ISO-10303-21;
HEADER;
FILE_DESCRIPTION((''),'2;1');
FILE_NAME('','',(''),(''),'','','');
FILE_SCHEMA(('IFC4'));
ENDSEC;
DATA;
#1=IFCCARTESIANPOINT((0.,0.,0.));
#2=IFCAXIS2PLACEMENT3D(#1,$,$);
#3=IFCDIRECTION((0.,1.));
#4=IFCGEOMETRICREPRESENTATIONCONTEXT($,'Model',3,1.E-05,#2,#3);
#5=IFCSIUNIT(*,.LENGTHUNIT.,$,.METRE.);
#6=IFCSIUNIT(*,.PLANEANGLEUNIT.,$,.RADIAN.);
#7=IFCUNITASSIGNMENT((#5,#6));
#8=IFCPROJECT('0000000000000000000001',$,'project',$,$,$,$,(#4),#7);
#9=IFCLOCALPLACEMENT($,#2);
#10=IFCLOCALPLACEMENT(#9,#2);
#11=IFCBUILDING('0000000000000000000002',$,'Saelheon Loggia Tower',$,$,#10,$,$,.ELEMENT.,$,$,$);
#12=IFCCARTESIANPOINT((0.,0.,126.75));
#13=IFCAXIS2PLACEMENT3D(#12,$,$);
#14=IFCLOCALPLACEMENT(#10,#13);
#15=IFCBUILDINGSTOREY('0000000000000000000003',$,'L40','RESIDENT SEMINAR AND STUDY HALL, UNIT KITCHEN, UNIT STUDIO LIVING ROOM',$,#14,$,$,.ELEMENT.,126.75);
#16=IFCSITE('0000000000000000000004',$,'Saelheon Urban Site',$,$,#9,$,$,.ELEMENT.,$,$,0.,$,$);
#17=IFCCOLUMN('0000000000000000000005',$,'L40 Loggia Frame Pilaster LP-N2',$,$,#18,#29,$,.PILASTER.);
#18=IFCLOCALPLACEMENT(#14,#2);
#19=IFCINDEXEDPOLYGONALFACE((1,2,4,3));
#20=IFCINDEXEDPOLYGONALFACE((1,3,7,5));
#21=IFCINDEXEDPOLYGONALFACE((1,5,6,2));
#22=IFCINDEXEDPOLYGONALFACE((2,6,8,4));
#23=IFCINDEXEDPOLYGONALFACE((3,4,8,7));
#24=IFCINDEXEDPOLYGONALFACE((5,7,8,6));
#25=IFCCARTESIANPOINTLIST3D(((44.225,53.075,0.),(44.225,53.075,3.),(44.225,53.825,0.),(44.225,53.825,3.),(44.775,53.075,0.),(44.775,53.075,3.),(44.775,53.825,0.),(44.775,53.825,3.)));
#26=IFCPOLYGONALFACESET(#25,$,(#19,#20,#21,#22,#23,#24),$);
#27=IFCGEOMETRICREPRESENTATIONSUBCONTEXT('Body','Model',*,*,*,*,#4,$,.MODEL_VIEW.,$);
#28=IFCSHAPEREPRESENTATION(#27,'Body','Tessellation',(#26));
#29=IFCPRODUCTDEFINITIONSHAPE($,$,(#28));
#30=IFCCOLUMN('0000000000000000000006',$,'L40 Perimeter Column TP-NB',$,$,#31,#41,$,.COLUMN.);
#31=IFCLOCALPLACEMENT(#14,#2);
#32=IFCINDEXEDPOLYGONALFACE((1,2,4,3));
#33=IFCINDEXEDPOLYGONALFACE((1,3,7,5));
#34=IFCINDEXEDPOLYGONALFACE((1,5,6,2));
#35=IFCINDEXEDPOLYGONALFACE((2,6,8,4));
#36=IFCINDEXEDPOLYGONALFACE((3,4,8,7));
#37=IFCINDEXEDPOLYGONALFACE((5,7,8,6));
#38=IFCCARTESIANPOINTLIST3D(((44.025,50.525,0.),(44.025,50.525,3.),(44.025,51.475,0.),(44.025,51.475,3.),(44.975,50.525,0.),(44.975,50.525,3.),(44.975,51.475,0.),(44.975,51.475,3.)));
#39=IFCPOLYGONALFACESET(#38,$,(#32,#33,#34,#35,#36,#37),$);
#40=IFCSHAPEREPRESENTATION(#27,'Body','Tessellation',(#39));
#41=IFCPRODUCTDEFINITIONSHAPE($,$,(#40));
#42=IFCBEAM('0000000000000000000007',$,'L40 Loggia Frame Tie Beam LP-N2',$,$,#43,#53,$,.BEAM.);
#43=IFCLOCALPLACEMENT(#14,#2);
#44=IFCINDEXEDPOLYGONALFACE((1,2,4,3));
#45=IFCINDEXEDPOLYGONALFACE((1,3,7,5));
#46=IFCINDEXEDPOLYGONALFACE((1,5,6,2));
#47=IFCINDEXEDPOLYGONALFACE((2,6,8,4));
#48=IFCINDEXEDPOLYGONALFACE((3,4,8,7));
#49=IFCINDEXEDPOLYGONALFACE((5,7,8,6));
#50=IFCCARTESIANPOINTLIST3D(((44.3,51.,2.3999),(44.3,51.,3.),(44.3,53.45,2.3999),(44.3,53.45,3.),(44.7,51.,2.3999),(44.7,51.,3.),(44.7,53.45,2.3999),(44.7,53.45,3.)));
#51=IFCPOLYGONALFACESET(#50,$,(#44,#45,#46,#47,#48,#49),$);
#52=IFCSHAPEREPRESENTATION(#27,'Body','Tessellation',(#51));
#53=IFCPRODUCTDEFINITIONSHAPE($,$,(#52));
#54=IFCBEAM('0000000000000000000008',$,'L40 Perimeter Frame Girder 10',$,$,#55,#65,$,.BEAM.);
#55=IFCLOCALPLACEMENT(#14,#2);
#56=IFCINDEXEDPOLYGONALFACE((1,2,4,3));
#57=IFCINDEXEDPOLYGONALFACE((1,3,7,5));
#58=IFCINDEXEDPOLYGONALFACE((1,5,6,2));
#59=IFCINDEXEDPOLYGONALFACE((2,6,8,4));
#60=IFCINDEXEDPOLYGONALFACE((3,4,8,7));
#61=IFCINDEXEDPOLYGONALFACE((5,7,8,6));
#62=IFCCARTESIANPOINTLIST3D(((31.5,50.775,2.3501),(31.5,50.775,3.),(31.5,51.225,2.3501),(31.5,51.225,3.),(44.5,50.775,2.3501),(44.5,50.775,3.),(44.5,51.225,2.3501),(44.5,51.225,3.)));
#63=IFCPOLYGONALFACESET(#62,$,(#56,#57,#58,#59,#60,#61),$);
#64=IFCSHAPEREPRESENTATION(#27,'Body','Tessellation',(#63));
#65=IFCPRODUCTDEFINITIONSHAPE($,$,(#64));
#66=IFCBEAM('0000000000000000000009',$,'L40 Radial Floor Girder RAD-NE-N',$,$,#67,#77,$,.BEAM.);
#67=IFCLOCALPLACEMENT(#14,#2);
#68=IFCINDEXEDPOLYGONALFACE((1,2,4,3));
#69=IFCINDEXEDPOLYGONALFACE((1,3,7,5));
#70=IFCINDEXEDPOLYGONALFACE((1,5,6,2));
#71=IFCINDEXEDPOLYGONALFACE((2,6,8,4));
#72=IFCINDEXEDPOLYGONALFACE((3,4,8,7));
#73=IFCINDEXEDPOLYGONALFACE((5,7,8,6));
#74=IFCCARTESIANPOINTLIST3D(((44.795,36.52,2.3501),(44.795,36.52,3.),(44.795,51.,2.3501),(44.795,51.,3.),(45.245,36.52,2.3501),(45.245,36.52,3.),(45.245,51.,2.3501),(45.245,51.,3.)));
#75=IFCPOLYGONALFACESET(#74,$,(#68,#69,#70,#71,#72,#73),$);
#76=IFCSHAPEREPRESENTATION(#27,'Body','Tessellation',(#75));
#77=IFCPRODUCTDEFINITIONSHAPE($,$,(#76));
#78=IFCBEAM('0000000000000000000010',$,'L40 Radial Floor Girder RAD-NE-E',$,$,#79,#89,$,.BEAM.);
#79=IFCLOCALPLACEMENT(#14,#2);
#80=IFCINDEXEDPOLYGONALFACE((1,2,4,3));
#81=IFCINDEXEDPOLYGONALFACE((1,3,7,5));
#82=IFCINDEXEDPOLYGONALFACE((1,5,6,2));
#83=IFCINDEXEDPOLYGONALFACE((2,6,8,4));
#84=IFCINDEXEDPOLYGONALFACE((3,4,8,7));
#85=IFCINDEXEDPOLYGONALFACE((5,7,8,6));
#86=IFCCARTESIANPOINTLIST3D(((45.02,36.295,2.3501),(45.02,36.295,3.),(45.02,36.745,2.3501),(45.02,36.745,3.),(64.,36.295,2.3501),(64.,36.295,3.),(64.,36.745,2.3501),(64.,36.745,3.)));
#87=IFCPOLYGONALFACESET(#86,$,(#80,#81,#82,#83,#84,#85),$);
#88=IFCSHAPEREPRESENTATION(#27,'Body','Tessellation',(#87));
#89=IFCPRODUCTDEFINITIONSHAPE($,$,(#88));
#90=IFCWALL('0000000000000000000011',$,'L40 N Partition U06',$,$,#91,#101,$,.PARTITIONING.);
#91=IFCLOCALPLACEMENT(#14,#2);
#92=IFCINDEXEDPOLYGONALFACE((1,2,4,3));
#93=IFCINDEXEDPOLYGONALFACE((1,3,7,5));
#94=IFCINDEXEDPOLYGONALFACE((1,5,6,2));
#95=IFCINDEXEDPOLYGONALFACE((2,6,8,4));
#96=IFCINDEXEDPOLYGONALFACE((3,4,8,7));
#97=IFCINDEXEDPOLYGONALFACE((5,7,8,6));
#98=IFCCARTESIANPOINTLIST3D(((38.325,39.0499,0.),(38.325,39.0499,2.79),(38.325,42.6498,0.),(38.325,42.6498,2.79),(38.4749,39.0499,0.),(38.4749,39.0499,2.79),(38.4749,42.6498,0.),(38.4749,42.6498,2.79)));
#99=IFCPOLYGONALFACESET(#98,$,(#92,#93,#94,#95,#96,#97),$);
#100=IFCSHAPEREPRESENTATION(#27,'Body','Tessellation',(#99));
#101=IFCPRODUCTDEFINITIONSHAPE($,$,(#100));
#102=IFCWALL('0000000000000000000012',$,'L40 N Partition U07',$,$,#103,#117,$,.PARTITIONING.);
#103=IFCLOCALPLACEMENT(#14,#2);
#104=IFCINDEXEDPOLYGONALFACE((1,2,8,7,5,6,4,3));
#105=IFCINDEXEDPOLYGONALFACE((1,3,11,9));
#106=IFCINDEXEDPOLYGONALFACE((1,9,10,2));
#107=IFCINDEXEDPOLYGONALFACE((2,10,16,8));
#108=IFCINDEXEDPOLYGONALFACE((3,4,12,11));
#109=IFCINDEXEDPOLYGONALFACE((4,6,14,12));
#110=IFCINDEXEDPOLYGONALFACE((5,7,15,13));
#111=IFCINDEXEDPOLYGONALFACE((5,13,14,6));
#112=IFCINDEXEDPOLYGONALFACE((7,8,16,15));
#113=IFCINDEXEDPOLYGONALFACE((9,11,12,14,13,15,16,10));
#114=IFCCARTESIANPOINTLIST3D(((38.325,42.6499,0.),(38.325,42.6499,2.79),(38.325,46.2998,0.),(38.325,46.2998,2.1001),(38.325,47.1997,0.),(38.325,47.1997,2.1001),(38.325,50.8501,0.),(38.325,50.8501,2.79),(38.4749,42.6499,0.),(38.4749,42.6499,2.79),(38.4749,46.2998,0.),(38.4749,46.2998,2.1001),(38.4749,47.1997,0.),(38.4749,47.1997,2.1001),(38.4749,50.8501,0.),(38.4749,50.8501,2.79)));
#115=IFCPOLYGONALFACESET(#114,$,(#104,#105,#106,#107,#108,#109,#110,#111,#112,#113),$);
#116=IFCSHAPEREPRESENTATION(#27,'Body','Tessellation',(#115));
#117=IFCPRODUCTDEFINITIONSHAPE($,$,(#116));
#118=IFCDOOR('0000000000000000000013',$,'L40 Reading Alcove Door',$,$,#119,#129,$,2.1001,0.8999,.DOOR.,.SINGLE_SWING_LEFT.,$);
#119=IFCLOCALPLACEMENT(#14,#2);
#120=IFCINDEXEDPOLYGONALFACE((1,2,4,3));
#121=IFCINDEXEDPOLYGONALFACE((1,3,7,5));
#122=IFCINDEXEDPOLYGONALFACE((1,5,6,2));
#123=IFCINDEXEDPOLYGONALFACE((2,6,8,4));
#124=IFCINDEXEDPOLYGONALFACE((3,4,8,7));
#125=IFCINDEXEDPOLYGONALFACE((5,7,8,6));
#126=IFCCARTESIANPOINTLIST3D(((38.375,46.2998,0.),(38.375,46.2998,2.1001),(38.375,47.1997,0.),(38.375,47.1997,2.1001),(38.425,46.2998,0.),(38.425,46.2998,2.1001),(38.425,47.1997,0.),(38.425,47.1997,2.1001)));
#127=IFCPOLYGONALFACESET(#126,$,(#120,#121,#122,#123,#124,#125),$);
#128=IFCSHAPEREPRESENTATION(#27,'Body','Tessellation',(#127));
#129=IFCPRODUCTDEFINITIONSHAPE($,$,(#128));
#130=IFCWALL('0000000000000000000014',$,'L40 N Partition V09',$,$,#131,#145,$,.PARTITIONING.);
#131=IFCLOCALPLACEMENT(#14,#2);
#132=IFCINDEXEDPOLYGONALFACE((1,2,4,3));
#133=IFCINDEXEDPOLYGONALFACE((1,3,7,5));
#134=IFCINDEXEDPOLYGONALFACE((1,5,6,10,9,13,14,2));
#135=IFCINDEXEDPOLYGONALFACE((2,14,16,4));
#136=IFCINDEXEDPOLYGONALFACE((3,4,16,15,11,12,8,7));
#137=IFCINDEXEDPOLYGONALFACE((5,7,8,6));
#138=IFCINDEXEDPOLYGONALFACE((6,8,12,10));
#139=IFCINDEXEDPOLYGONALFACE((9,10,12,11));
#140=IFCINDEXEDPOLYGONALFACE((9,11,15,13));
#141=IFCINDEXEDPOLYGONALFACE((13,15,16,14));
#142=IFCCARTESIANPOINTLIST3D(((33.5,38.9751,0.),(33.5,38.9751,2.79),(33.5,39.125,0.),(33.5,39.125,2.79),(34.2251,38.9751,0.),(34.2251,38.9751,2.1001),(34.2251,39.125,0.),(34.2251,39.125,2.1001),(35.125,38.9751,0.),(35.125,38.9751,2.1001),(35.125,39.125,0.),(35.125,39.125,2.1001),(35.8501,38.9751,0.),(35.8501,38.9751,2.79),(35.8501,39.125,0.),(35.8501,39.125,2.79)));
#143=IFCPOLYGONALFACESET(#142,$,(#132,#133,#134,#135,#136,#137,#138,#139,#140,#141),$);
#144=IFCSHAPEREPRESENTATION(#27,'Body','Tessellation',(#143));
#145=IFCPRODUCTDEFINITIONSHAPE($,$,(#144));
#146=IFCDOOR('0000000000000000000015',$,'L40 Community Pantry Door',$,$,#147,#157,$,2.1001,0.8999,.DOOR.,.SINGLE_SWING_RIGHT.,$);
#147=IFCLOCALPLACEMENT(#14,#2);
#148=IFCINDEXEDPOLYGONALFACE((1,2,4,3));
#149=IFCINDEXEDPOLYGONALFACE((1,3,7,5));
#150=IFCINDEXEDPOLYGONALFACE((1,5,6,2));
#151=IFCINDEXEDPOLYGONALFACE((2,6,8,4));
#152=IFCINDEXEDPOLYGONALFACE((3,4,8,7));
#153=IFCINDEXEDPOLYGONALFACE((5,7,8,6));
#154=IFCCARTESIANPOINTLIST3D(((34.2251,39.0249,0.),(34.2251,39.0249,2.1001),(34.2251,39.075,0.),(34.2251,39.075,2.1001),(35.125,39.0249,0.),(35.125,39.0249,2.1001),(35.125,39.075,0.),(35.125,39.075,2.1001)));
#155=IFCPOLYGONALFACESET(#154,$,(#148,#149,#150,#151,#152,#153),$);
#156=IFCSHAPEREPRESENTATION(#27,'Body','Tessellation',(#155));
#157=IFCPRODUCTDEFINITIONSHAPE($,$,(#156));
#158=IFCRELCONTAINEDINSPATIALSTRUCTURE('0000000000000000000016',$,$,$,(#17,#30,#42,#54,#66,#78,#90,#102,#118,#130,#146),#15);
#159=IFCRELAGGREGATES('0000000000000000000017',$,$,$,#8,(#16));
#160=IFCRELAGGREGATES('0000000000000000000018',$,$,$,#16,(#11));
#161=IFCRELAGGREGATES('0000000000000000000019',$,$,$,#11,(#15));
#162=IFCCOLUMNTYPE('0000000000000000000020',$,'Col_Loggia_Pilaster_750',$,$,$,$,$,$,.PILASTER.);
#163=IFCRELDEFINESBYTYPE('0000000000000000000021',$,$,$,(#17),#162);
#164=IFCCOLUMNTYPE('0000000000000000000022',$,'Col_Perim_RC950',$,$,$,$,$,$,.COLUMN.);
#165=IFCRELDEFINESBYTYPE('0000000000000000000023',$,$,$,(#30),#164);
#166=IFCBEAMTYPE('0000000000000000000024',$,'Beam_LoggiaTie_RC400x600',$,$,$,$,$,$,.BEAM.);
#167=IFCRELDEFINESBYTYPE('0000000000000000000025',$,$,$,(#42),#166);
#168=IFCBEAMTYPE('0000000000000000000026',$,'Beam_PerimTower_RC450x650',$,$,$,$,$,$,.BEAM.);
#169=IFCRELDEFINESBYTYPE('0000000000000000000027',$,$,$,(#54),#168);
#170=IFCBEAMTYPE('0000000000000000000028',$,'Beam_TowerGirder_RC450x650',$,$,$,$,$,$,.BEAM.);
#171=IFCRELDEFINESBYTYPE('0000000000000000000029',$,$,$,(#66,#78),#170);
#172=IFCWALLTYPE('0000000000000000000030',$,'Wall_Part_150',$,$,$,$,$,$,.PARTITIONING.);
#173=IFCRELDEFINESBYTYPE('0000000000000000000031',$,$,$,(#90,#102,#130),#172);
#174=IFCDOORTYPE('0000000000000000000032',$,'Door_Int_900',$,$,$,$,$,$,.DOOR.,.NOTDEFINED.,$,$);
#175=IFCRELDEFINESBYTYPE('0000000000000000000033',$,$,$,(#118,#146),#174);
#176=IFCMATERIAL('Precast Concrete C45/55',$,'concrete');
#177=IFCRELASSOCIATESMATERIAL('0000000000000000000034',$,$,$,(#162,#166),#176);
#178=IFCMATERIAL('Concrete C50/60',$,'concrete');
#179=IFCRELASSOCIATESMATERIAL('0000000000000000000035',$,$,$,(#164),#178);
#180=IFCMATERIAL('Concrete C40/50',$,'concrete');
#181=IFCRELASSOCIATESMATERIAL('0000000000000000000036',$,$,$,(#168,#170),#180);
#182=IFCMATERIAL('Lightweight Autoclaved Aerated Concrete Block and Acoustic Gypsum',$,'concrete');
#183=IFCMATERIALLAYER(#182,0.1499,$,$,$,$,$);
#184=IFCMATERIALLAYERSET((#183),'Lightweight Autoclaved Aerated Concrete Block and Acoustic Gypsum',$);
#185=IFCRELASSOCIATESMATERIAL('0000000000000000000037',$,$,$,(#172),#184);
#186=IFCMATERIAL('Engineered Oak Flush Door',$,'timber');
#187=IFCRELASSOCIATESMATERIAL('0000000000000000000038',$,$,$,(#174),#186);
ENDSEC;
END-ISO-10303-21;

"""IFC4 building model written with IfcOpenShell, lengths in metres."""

from ifc_helpers import new_model, si_unit, direction, frame, frame_2d, origin, origin_2d, place, context, subcontext, project, spatial, rectangle, extrude, source, transform, mapped, material, layer, layer_set, material_profile, profile_set, type_object, element, fill, save


model = new_model("IFC4")

# Units and contexts
model_context = context("Model", 3, precision=1e-05, world=origin(), true_north=direction((0.0, 1.0)))
body_context = subcontext(model_context, "Body", "Model", "MODEL_VIEW")
ifc_project = project(units=[si_unit("LENGTHUNIT", "METRE"), si_unit("PLANEANGLEUNIT", "RADIAN")], contexts=[model_context])

# Site, building, storey
site_placement = place(None, origin())
site = spatial("IfcSite", under=ifc_project, at=site_placement, Name="Saelheon Urban Site", CompositionType="ELEMENT", RefElevation=0.0)
building_placement = place(site_placement, origin())
building = spatial("IfcBuilding", under=site, at=building_placement, Name="Saelheon Loggia Tower", CompositionType="ELEMENT")
storey_placement = place(building_placement, frame((0.0, 0.0, 126.75)))
storey = spatial("IfcBuildingStorey", under=building, at=storey_placement, Name="L40", Description="RESIDENT SEMINAR AND STUDY HALL, UNIT KITCHEN, UNIT STUDIO LIVING ROOM", CompositionType="ELEMENT", Elevation=126.75)

# Columns
ifc_material_1 = material(Name="Precast Concrete C45/55", Category="concrete")
ifc_material_profile_1 = material_profile(ifc_material_1, rectangle(XDim=0.55, YDim=0.75, at=origin_2d()), Name="RC-550x750")
ifc_profile_set_1 = profile_set([ifc_material_profile_1], Name="Precast Concrete C45/55")
column_type_1 = type_object("IfcColumnType", Name="Col_Loggia_Pilaster_750", PredefinedType="PILASTER", material=ifc_profile_set_1)
shared_shape_1 = source(origin(), body_context, "Body", "SweptSolid", [
    extrude(rectangle(XDim=0.55, YDim=0.75, at=origin_2d()), origin(), (0.0, 0.0, 1.0), 3.0),
])
column_1_placement = place(storey_placement, frame((44.5, 53.45, 0.0), z_axis=(0.0, 0.0, 1.0), x_axis=(1.0, 0.0, 0.0)))
element("IfcColumn", 1, at=column_1_placement, inside=storey, type_object=column_type_1, Name="L40 Loggia Frame Pilaster LP-N2", PredefinedType="PILASTER", context=body_context, shape_type="MappedRepresentation", body=[
    mapped(shared_shape_1, transform((0.0, 0.0, 0.0), scale=1.0)),
])
ifc_material_2 = material(Name="Concrete C50/60", Category="concrete")
ifc_material_profile_2 = material_profile(ifc_material_2, rectangle(XDim=0.95, YDim=0.95, at=origin_2d()), Name="RC-950x950")
ifc_profile_set_2 = profile_set([ifc_material_profile_2], Name="Concrete C50/60")
column_type_2 = type_object("IfcColumnType", Name="Col_Perim_RC950", PredefinedType="COLUMN", material=ifc_profile_set_2)
shared_shape_2 = source(origin(), body_context, "Body", "SweptSolid", [
    extrude(rectangle(XDim=0.95, YDim=0.95, at=origin_2d()), origin(), (0.0, 0.0, 1.0), 3.0),
])
column_2_placement = place(storey_placement, frame((44.5, 51.0, 0.0), z_axis=(0.0, 0.0, 1.0), x_axis=(1.0, 0.0, 0.0)))
element("IfcColumn", 2, at=column_2_placement, inside=storey, type_object=column_type_2, Name="L40 Perimeter Column TP-NB", PredefinedType="COLUMN", context=body_context, shape_type="MappedRepresentation", body=[
    mapped(shared_shape_2, transform((0.0, 0.0, 0.0), scale=1.0)),
])

# Beams
ifc_material_profile_3 = material_profile(ifc_material_1, rectangle(XDim=0.3999, YDim=0.6001, at=origin_2d()), Name="RC-400x600")
ifc_profile_set_3 = profile_set([ifc_material_profile_3], Name="Precast Concrete C45/55")
beam_type_1 = type_object("IfcBeamType", Name="Beam_LoggiaTie_RC400x600", PredefinedType="BEAM", material=ifc_profile_set_3)
shared_shape_3 = source(origin(), body_context, "Body", "SweptSolid", [
    extrude(rectangle(XDim=0.3999, YDim=0.6001, at=origin_2d()), origin(), (0.0, 0.0, 1.0), 2.45),
])
beam_1_placement = place(storey_placement, frame((44.5, 51.0, 2.7), z_axis=(0.0, 1.0, 0.0), x_axis=(-1.0, 0.0, 0.0)))
element("IfcBeam", 3, at=beam_1_placement, inside=storey, type_object=beam_type_1, Name="L40 Loggia Frame Tie Beam LP-N2", PredefinedType="BEAM", context=body_context, shape_type="MappedRepresentation", body=[
    mapped(shared_shape_3, transform((0.0, 0.0, 0.0), scale=1.0)),
])
ifc_material_3 = material(Name="Concrete C40/50", Category="concrete")
ifc_material_profile_4 = material_profile(ifc_material_3, rectangle(XDim=0.45, YDim=0.6499, at=origin_2d()), Name="RC-450x650")
ifc_profile_set_4 = profile_set([ifc_material_profile_4], Name="Concrete C40/50")
beam_type_2 = type_object("IfcBeamType", Name="Beam_PerimTower_RC450x650", PredefinedType="BEAM", material=ifc_profile_set_4)
shared_shape_4 = source(origin(), body_context, "Body", "SweptSolid", [
    extrude(rectangle(XDim=0.45, YDim=0.6499, at=origin_2d()), origin(), (0.0, 0.0, 1.0), 13.0),
])
beam_2_placement = place(storey_placement, frame((44.5, 51.0, 2.675), z_axis=(-1.0, 0.0, 0.0), x_axis=(0.0, -1.0, 0.0)))
element("IfcBeam", 4, at=beam_2_placement, inside=storey, type_object=beam_type_2, Name="L40 Perimeter Frame Girder 10", PredefinedType="BEAM", context=body_context, shape_type="MappedRepresentation", body=[
    mapped(shared_shape_4, transform((0.0, 0.0, 0.0), scale=1.0)),
])
ifc_material_profile_5 = material_profile(ifc_material_3, rectangle(XDim=0.45, YDim=0.6499, at=origin_2d()), Name="RC-450x650")
ifc_profile_set_5 = profile_set([ifc_material_profile_5], Name="Concrete C40/50")
beam_type_3 = type_object("IfcBeamType", Name="Beam_TowerGirder_RC450x650", PredefinedType="BEAM", material=ifc_profile_set_5)
shared_shape_5 = source(origin(), body_context, "Body", "SweptSolid", [
    extrude(rectangle(XDim=0.45, YDim=0.6499, at=origin_2d()), origin(), (0.0, 0.0, 1.0), 14.48),
])
beam_3_placement = place(storey_placement, frame((45.02, 36.52, 2.675), z_axis=(0.0, 1.0, 0.0), x_axis=(-1.0, 0.0, 0.0)))
element("IfcBeam", 5, at=beam_3_placement, inside=storey, type_object=beam_type_3, Name="L40 Radial Floor Girder RAD-NE-N", PredefinedType="BEAM", context=body_context, shape_type="MappedRepresentation", body=[
    mapped(shared_shape_5, transform((0.0, 0.0, 0.0), scale=1.0)),
])
shared_shape_6 = source(origin(), body_context, "Body", "SweptSolid", [
    extrude(rectangle(XDim=0.45, YDim=0.6499, at=origin_2d()), origin(), (0.0, 0.0, 1.0), 18.98),
])
beam_4_placement = place(storey_placement, frame((45.02, 36.52, 2.675), z_axis=(1.0, 0.0, 0.0), x_axis=(0.0, 1.0, 0.0)))
element("IfcBeam", 6, at=beam_4_placement, inside=storey, type_object=beam_type_3, Name="L40 Radial Floor Girder RAD-NE-E", PredefinedType="BEAM", context=body_context, shape_type="MappedRepresentation", body=[
    mapped(shared_shape_6, transform((0.0, 0.0, 0.0), scale=1.0)),
])

# Wall
ifc_material_4 = material(Name="Lightweight Autoclaved Aerated Concrete Block and Acoustic Gypsum", Category="concrete")
ifc_layer_1 = layer(ifc_material_4, 0.1499)
ifc_layer_set_1 = layer_set([ifc_layer_1], Name="Lightweight Autoclaved Aerated Concrete Block and Acoustic Gypsum")
wall_type_1 = type_object("IfcWallType", Name="Wall_Part_150", PredefinedType="PARTITIONING", material=ifc_layer_set_1)
wall_1_placement = place(storey_placement, frame((38.3999, 39.05, 0.0), z_axis=(0.0, 0.0, 1.0), x_axis=(0.0, 1.0, 0.0)))
element("IfcWall", 7, at=wall_1_placement, inside=storey, type_object=wall_type_1, Name="L40 N Partition U06", PredefinedType="PARTITIONING", context=body_context, shape_type="SweptSolid", body=[
    extrude(rectangle(XDim=3.5999, YDim=0.1499, at=frame_2d((1.7998, 0.0))), origin(), (0.0, 0.0, 1.0), 2.79),
])

# Walls, openings, doors
wall_2_placement = place(storey_placement, frame((38.3999, 42.6499, 0.0), z_axis=(0.0, 0.0, 1.0), x_axis=(0.0, 1.0, 0.0)))
wall_2 = element("IfcWall", 8, at=wall_2_placement, inside=storey, type_object=wall_type_1, Name="L40 N Partition U07", PredefinedType="PARTITIONING", context=body_context, shape_type="SweptSolid", body=[
    extrude(rectangle(XDim=8.2002, YDim=0.1499, at=frame_2d((4.1001, 0.0))), origin(), (0.0, 0.0, 1.0), 2.79),
])
opening_1_placement = place(wall_2_placement, frame((3.6499, 0.0, 0.0)))
opening_1 = element("IfcOpeningElement", 9, at=opening_1_placement, cuts=wall_2, PredefinedType="OPENING", context=body_context, shape_type="SweptSolid", body=[
    extrude(rectangle(XDim=0.8999, YDim=2.1001, at=frame_2d((0.45, 1.05))), frame((0.0, 0.0869, 0.0), z_axis=(0.0, -1.0, 0.0), x_axis=(1.0, 0.0, 0.0)), (0.0, 0.0, 1.0), 0.1738),
])
ifc_material_5 = material(Name="Engineered Oak Flush Door", Category="timber")
door_type_1 = type_object("IfcDoorType", Name="Door_Int_900", OperationType="NOTDEFINED", PredefinedType="DOOR", material=ifc_material_5)
shared_shape_7 = source(origin(), body_context, "Body", "SweptSolid", [
    extrude(rectangle(XDim=0.8999, YDim=2.1001, at=frame_2d((0.45, 1.05))), frame((0.0, 0.0249, 0.0), z_axis=(0.0, -1.0, 0.0), x_axis=(1.0, 0.0, 0.0)), (0.0, 0.0, 1.0), 0.05),
])
door_1_placement = place(opening_1_placement, origin())
door_1 = element("IfcDoor", 10, at=door_1_placement, inside=storey, type_object=door_type_1, Name="L40 Reading Alcove Door", OperationType="SINGLE_SWING_LEFT", OverallHeight=2.1001, OverallWidth=0.8999, PredefinedType="DOOR", context=body_context, shape_type="MappedRepresentation", body=[
    mapped(shared_shape_7, transform((0.0, 0.0, 0.0), scale=1.0)),
])
fill(opening_1, door_1)
wall_3_placement = place(storey_placement, frame((33.5, 39.05, 0.0), z_axis=(0.0, 0.0, 1.0), x_axis=(1.0, 0.0, 0.0)))
wall_3 = element("IfcWall", 11, at=wall_3_placement, inside=storey, type_object=wall_type_1, Name="L40 N Partition V09", PredefinedType="PARTITIONING", context=body_context, shape_type="SweptSolid", body=[
    extrude(rectangle(XDim=2.3501, YDim=0.1499, at=frame_2d((1.175, 0.0))), origin(), (0.0, 0.0, 1.0), 2.79),
])
opening_2_placement = place(wall_3_placement, frame((0.7251, 0.0, 0.0)))
opening_2 = element("IfcOpeningElement", 12, at=opening_2_placement, cuts=wall_3, PredefinedType="OPENING", context=body_context, shape_type="SweptSolid", body=[
    extrude(rectangle(XDim=0.8999, YDim=2.1001, at=frame_2d((0.45, 1.05))), frame((0.0, 0.0869, 0.0), z_axis=(0.0, -1.0, 0.0), x_axis=(1.0, 0.0, 0.0)), (0.0, 0.0, 1.0), 0.1738),
])
door_2_placement = place(opening_2_placement, origin())
door_2 = element("IfcDoor", 13, at=door_2_placement, inside=storey, type_object=door_type_1, Name="L40 Community Pantry Door", OperationType="SINGLE_SWING_RIGHT", OverallHeight=2.1001, OverallWidth=0.8999, PredefinedType="DOOR", context=body_context, shape_type="MappedRepresentation", body=[
    mapped(shared_shape_7, transform((0.0, 0.0, 0.0), scale=1.0)),
])
fill(opening_2, door_2)

save(model, "model.ifc")
